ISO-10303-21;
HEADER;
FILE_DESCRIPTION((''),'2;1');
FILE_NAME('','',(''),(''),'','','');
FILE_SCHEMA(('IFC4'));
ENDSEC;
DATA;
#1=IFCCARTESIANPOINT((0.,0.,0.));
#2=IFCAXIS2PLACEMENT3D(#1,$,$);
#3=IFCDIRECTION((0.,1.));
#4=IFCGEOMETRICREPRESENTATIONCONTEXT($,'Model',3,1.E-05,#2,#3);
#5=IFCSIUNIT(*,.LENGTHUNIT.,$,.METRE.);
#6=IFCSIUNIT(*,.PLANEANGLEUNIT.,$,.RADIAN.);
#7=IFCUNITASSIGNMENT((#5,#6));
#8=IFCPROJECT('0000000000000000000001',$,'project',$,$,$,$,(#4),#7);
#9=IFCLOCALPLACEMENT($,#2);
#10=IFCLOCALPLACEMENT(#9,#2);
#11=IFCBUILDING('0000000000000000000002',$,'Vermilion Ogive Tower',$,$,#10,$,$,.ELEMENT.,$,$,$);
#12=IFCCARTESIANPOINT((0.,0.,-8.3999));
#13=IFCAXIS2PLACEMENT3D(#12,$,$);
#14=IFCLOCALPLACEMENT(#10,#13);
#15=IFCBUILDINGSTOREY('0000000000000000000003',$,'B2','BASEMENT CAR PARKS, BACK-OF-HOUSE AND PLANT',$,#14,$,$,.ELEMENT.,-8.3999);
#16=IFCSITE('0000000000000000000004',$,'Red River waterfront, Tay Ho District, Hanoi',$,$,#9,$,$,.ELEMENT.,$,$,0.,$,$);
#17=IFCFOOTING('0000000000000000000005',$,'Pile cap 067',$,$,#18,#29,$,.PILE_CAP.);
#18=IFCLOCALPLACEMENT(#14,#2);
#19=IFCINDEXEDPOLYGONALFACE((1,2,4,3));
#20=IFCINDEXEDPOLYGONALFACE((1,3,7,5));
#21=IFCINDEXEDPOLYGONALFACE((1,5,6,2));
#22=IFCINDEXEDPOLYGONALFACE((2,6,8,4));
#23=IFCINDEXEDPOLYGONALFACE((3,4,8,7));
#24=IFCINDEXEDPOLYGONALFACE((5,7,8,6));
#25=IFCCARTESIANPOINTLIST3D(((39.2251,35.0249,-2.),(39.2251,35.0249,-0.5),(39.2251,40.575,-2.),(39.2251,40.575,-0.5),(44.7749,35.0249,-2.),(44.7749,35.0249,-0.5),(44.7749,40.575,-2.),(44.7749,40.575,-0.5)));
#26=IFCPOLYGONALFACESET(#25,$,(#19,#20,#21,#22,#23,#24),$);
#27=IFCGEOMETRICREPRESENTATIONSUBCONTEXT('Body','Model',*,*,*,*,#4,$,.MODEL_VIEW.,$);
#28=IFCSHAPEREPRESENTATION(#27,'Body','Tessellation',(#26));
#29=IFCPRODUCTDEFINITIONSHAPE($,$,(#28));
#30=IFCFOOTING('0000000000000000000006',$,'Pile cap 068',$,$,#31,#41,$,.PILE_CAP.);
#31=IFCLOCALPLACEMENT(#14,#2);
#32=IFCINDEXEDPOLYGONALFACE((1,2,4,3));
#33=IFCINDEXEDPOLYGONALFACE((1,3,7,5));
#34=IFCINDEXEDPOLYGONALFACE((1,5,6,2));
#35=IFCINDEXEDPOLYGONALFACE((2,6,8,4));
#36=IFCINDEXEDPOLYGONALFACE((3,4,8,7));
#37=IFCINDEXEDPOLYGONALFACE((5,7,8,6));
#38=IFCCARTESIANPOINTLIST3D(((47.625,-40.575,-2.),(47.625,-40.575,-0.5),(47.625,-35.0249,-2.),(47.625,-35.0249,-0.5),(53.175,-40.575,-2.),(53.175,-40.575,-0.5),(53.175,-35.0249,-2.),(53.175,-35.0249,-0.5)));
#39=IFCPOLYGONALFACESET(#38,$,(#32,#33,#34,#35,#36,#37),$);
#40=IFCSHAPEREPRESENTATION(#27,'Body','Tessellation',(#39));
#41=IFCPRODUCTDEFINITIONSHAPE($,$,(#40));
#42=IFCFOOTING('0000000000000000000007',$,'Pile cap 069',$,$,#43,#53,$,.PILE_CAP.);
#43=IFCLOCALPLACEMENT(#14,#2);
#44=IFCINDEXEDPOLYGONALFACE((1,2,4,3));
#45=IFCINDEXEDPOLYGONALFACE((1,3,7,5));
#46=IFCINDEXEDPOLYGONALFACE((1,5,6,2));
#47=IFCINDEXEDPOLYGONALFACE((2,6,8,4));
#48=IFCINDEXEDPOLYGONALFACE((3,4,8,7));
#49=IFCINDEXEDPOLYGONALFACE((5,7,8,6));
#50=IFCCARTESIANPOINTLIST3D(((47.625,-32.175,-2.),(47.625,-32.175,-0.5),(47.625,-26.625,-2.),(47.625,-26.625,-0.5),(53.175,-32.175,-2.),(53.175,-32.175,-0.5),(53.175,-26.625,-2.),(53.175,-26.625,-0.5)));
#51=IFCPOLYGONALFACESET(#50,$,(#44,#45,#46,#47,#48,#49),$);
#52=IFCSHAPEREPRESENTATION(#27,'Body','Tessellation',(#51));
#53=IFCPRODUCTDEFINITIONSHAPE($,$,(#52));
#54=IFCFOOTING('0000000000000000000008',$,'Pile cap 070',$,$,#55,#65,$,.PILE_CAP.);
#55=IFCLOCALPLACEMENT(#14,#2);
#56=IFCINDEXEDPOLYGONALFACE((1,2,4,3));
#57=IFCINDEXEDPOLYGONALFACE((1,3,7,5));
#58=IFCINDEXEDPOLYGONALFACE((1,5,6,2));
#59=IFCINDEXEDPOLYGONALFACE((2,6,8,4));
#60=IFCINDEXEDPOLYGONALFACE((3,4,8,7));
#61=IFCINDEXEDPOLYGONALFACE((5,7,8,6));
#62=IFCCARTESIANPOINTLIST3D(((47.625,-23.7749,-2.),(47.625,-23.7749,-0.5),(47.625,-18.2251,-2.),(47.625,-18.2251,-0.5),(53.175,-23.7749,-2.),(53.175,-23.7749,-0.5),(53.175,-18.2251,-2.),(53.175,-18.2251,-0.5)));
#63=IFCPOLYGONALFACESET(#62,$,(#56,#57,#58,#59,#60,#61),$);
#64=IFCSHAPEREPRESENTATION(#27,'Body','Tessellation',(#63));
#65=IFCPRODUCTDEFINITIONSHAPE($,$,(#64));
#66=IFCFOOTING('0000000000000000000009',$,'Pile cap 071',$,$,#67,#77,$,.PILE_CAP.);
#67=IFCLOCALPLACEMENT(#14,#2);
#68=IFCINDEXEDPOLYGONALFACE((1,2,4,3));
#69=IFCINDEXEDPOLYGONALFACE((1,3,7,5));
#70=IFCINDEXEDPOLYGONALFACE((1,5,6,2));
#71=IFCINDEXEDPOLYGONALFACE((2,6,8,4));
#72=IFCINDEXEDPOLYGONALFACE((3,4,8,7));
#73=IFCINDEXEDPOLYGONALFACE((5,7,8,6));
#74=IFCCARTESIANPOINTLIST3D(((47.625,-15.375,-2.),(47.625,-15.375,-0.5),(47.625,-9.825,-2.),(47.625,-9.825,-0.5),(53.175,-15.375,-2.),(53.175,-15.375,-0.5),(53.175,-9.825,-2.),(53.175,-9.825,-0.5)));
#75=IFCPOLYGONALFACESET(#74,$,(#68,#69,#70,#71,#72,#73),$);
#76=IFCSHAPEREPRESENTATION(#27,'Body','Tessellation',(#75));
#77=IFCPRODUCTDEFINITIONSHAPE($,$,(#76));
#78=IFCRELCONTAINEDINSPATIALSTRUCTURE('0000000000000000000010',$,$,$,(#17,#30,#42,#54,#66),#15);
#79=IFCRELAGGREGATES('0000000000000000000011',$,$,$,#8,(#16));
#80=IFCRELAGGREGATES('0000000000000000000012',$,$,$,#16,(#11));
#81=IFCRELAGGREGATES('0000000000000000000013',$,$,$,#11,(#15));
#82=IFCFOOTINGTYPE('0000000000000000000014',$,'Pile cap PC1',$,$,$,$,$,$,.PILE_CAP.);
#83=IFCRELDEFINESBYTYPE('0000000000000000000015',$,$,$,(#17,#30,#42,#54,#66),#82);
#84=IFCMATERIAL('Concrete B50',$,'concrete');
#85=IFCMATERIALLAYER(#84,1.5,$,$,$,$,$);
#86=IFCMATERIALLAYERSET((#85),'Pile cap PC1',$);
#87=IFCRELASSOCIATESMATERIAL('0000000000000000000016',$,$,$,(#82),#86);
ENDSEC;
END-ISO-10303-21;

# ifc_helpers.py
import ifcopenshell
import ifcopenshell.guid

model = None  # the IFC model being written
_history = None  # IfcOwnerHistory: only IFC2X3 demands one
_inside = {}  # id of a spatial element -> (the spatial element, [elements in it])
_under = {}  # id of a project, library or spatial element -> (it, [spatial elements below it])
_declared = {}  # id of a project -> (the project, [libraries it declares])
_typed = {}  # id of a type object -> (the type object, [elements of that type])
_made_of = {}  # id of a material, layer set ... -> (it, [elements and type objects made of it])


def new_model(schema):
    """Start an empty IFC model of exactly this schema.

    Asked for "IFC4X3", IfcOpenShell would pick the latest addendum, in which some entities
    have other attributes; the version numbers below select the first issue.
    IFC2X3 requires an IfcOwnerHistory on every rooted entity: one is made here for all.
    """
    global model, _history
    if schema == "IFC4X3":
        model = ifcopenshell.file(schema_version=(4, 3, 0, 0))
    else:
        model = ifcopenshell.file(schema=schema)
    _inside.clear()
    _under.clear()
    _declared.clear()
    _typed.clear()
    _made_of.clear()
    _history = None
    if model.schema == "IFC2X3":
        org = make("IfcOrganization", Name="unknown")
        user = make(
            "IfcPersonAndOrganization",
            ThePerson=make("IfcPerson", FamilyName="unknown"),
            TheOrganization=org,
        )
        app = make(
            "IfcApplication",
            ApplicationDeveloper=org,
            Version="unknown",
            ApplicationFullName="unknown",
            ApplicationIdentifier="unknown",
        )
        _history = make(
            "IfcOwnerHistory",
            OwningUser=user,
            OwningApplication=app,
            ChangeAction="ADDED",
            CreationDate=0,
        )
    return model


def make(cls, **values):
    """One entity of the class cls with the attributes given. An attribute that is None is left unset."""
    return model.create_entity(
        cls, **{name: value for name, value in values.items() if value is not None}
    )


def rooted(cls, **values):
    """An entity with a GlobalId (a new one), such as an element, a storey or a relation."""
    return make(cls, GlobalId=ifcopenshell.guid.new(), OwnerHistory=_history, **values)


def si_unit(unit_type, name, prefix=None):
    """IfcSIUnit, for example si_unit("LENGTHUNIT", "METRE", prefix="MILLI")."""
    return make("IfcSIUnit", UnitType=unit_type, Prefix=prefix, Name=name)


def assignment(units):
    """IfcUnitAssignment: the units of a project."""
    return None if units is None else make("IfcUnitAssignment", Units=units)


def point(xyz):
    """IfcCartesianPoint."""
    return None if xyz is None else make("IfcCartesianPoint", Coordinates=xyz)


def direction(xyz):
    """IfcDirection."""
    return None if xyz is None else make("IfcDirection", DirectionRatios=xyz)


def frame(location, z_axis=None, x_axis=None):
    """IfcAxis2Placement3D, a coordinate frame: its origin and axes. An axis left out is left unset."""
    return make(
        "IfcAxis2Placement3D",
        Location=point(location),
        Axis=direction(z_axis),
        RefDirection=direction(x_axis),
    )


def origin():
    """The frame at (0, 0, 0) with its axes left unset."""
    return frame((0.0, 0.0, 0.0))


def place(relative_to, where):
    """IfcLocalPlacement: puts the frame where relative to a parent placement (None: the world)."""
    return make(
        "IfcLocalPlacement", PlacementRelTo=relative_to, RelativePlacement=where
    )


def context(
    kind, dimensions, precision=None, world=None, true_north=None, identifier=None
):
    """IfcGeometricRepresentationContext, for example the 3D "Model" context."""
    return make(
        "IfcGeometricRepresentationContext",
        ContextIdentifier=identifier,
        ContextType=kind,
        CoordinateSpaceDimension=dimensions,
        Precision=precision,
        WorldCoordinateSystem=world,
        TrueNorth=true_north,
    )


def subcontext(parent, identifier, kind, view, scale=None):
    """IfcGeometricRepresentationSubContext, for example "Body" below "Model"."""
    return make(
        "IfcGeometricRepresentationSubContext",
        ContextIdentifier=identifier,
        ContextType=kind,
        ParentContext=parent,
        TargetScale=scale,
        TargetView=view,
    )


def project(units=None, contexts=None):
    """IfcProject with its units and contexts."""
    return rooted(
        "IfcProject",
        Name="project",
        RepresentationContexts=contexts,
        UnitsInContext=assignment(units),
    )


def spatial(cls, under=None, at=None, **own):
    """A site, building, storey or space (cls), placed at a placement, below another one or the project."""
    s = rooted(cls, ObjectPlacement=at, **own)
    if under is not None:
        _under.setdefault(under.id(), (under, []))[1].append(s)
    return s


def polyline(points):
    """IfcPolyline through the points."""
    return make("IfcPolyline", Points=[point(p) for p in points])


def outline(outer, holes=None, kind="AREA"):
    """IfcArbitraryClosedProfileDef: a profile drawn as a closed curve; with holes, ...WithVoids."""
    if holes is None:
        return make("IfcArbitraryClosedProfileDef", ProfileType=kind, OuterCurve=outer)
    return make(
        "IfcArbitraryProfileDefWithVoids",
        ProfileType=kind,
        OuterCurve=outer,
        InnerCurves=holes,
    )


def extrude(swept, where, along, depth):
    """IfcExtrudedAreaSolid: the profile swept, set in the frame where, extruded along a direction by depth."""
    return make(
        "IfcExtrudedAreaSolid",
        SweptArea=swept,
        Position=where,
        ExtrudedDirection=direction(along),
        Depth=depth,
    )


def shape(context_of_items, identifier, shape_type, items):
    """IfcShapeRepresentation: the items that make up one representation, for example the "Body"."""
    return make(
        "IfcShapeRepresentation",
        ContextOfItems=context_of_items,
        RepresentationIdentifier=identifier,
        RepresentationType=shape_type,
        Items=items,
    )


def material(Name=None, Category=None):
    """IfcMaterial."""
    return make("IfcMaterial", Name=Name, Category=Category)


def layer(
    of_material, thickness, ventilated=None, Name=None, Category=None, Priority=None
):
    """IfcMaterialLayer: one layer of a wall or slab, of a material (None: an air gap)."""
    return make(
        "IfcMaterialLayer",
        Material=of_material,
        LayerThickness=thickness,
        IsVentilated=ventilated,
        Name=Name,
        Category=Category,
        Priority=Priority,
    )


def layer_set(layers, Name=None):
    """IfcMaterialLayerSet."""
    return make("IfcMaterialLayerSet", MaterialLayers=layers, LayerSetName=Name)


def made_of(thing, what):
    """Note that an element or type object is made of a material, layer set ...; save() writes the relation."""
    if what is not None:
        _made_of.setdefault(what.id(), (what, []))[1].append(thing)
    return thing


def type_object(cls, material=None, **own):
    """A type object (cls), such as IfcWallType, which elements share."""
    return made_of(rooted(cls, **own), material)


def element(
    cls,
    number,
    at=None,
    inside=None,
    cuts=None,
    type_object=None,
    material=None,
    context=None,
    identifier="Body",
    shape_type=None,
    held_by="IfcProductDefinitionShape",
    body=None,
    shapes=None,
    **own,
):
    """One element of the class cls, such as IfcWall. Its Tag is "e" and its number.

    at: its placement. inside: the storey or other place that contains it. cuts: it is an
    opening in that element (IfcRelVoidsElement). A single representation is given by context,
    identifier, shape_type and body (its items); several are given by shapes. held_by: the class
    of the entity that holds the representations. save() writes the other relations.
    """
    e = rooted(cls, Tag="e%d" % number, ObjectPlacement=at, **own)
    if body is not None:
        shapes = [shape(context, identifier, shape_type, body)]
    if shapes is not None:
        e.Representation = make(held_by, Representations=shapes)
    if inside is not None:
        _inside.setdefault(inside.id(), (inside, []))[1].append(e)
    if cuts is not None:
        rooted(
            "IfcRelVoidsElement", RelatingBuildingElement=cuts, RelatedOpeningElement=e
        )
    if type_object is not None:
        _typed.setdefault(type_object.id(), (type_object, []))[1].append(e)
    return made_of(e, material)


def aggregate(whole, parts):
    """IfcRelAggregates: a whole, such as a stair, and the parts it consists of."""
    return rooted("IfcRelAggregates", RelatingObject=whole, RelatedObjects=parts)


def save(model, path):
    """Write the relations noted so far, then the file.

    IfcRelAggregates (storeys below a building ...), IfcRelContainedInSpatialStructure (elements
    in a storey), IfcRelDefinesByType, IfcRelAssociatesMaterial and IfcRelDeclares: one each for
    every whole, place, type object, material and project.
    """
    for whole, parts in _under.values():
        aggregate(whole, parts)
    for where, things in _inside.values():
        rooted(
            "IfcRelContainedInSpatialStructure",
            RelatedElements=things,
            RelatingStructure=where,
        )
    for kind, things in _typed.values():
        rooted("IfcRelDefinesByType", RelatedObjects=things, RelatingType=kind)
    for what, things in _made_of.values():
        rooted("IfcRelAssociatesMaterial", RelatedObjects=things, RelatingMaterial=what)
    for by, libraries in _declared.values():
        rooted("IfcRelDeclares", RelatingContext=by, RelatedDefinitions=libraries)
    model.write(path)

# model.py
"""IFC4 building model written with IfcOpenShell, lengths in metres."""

from ifc_helpers import new_model, si_unit, direction, frame, origin, place, context, subcontext, project, spatial, polyline, outline, extrude, material, layer, layer_set, type_object, element, save


model = new_model("IFC4")

# Units and contexts
model_context = context("Model", 3, precision=1e-05, world=origin(), true_north=direction((0.0, 1.0)))
body_context = subcontext(model_context, "Body", "Model", "MODEL_VIEW")
ifc_project = project(units=[si_unit("LENGTHUNIT", "METRE"), si_unit("PLANEANGLEUNIT", "RADIAN")], contexts=[model_context])

# Site, building, storey
site_placement = place(None, origin())
site = spatial("IfcSite", under=ifc_project, at=site_placement, Name="Red River waterfront, Tay Ho District, Hanoi", CompositionType="ELEMENT", RefElevation=0.0)
building_placement = place(site_placement, origin())
building = spatial("IfcBuilding", under=site, at=building_placement, Name="Vermilion Ogive Tower", CompositionType="ELEMENT")
storey_placement = place(building_placement, frame((0.0, 0.0, -8.3999)))
storey = spatial("IfcBuildingStorey", under=building, at=storey_placement, Name="B2", Description="BASEMENT CAR PARKS, BACK-OF-HOUSE AND PLANT", CompositionType="ELEMENT", Elevation=-8.3999)

# Footings
ifc_material = material(Name="Concrete B50", Category="concrete")
ifc_layer = layer(ifc_material, 1.5)
ifc_layer_set = layer_set([ifc_layer], Name="Pile cap PC1")
footing_type = type_object("IfcFootingType", Name="Pile cap PC1", PredefinedType="PILE_CAP", material=ifc_layer_set)
footing_1_placement = place(storey_placement, frame((0.0, 0.0, -2.0)))
element("IfcFooting", 1, at=footing_1_placement, inside=storey, type_object=footing_type, Name="Pile cap 067", PredefinedType="PILE_CAP", context=body_context, shape_type="SweptSolid", body=[
    extrude(outline(polyline([(39.2251, 35.0249), (44.7749, 35.0249), (44.7749, 40.575), (39.2251, 40.575), (39.2251, 35.0249)])), origin(), (0.0, 0.0, 1.0), 1.5),
])
footing_2_placement = place(storey_placement, frame((0.0, 0.0, -2.0)))
element("IfcFooting", 2, at=footing_2_placement, inside=storey, type_object=footing_type, Name="Pile cap 068", PredefinedType="PILE_CAP", context=body_context, shape_type="SweptSolid", body=[
    extrude(outline(polyline([(47.625, -40.575), (53.175, -40.575), (53.175, -35.0249), (47.625, -35.0249), (47.625, -40.575)])), origin(), (0.0, 0.0, 1.0), 1.5),
])
footing_3_placement = place(storey_placement, frame((0.0, 0.0, -2.0)))
element("IfcFooting", 3, at=footing_3_placement, inside=storey, type_object=footing_type, Name="Pile cap 069", PredefinedType="PILE_CAP", context=body_context, shape_type="SweptSolid", body=[
    extrude(outline(polyline([(47.625, -32.175), (53.175, -32.175), (53.175, -26.625), (47.625, -26.625), (47.625, -32.175)])), origin(), (0.0, 0.0, 1.0), 1.5),
])
footing_4_placement = place(storey_placement, frame((0.0, 0.0, -2.0)))
element("IfcFooting", 4, at=footing_4_placement, inside=storey, type_object=footing_type, Name="Pile cap 070", PredefinedType="PILE_CAP", context=body_context, shape_type="SweptSolid", body=[
    extrude(outline(polyline([(47.625, -23.7749), (53.175, -23.7749), (53.175, -18.2251), (47.625, -18.2251), (47.625, -23.7749)])), origin(), (0.0, 0.0, 1.0), 1.5),
])
footing_5_placement = place(storey_placement, frame((0.0, 0.0, -2.0)))
element("IfcFooting", 5, at=footing_5_placement, inside=storey, type_object=footing_type, Name="Pile cap 071", PredefinedType="PILE_CAP", context=body_context, shape_type="SweptSolid", body=[
    extrude(outline(polyline([(47.625, -15.375), (53.175, -15.375), (53.175, -9.825), (47.625, -9.825), (47.625, -15.375)])), origin(), (0.0, 0.0, 1.0), 1.5),
])

save(model, "model.ifc")
